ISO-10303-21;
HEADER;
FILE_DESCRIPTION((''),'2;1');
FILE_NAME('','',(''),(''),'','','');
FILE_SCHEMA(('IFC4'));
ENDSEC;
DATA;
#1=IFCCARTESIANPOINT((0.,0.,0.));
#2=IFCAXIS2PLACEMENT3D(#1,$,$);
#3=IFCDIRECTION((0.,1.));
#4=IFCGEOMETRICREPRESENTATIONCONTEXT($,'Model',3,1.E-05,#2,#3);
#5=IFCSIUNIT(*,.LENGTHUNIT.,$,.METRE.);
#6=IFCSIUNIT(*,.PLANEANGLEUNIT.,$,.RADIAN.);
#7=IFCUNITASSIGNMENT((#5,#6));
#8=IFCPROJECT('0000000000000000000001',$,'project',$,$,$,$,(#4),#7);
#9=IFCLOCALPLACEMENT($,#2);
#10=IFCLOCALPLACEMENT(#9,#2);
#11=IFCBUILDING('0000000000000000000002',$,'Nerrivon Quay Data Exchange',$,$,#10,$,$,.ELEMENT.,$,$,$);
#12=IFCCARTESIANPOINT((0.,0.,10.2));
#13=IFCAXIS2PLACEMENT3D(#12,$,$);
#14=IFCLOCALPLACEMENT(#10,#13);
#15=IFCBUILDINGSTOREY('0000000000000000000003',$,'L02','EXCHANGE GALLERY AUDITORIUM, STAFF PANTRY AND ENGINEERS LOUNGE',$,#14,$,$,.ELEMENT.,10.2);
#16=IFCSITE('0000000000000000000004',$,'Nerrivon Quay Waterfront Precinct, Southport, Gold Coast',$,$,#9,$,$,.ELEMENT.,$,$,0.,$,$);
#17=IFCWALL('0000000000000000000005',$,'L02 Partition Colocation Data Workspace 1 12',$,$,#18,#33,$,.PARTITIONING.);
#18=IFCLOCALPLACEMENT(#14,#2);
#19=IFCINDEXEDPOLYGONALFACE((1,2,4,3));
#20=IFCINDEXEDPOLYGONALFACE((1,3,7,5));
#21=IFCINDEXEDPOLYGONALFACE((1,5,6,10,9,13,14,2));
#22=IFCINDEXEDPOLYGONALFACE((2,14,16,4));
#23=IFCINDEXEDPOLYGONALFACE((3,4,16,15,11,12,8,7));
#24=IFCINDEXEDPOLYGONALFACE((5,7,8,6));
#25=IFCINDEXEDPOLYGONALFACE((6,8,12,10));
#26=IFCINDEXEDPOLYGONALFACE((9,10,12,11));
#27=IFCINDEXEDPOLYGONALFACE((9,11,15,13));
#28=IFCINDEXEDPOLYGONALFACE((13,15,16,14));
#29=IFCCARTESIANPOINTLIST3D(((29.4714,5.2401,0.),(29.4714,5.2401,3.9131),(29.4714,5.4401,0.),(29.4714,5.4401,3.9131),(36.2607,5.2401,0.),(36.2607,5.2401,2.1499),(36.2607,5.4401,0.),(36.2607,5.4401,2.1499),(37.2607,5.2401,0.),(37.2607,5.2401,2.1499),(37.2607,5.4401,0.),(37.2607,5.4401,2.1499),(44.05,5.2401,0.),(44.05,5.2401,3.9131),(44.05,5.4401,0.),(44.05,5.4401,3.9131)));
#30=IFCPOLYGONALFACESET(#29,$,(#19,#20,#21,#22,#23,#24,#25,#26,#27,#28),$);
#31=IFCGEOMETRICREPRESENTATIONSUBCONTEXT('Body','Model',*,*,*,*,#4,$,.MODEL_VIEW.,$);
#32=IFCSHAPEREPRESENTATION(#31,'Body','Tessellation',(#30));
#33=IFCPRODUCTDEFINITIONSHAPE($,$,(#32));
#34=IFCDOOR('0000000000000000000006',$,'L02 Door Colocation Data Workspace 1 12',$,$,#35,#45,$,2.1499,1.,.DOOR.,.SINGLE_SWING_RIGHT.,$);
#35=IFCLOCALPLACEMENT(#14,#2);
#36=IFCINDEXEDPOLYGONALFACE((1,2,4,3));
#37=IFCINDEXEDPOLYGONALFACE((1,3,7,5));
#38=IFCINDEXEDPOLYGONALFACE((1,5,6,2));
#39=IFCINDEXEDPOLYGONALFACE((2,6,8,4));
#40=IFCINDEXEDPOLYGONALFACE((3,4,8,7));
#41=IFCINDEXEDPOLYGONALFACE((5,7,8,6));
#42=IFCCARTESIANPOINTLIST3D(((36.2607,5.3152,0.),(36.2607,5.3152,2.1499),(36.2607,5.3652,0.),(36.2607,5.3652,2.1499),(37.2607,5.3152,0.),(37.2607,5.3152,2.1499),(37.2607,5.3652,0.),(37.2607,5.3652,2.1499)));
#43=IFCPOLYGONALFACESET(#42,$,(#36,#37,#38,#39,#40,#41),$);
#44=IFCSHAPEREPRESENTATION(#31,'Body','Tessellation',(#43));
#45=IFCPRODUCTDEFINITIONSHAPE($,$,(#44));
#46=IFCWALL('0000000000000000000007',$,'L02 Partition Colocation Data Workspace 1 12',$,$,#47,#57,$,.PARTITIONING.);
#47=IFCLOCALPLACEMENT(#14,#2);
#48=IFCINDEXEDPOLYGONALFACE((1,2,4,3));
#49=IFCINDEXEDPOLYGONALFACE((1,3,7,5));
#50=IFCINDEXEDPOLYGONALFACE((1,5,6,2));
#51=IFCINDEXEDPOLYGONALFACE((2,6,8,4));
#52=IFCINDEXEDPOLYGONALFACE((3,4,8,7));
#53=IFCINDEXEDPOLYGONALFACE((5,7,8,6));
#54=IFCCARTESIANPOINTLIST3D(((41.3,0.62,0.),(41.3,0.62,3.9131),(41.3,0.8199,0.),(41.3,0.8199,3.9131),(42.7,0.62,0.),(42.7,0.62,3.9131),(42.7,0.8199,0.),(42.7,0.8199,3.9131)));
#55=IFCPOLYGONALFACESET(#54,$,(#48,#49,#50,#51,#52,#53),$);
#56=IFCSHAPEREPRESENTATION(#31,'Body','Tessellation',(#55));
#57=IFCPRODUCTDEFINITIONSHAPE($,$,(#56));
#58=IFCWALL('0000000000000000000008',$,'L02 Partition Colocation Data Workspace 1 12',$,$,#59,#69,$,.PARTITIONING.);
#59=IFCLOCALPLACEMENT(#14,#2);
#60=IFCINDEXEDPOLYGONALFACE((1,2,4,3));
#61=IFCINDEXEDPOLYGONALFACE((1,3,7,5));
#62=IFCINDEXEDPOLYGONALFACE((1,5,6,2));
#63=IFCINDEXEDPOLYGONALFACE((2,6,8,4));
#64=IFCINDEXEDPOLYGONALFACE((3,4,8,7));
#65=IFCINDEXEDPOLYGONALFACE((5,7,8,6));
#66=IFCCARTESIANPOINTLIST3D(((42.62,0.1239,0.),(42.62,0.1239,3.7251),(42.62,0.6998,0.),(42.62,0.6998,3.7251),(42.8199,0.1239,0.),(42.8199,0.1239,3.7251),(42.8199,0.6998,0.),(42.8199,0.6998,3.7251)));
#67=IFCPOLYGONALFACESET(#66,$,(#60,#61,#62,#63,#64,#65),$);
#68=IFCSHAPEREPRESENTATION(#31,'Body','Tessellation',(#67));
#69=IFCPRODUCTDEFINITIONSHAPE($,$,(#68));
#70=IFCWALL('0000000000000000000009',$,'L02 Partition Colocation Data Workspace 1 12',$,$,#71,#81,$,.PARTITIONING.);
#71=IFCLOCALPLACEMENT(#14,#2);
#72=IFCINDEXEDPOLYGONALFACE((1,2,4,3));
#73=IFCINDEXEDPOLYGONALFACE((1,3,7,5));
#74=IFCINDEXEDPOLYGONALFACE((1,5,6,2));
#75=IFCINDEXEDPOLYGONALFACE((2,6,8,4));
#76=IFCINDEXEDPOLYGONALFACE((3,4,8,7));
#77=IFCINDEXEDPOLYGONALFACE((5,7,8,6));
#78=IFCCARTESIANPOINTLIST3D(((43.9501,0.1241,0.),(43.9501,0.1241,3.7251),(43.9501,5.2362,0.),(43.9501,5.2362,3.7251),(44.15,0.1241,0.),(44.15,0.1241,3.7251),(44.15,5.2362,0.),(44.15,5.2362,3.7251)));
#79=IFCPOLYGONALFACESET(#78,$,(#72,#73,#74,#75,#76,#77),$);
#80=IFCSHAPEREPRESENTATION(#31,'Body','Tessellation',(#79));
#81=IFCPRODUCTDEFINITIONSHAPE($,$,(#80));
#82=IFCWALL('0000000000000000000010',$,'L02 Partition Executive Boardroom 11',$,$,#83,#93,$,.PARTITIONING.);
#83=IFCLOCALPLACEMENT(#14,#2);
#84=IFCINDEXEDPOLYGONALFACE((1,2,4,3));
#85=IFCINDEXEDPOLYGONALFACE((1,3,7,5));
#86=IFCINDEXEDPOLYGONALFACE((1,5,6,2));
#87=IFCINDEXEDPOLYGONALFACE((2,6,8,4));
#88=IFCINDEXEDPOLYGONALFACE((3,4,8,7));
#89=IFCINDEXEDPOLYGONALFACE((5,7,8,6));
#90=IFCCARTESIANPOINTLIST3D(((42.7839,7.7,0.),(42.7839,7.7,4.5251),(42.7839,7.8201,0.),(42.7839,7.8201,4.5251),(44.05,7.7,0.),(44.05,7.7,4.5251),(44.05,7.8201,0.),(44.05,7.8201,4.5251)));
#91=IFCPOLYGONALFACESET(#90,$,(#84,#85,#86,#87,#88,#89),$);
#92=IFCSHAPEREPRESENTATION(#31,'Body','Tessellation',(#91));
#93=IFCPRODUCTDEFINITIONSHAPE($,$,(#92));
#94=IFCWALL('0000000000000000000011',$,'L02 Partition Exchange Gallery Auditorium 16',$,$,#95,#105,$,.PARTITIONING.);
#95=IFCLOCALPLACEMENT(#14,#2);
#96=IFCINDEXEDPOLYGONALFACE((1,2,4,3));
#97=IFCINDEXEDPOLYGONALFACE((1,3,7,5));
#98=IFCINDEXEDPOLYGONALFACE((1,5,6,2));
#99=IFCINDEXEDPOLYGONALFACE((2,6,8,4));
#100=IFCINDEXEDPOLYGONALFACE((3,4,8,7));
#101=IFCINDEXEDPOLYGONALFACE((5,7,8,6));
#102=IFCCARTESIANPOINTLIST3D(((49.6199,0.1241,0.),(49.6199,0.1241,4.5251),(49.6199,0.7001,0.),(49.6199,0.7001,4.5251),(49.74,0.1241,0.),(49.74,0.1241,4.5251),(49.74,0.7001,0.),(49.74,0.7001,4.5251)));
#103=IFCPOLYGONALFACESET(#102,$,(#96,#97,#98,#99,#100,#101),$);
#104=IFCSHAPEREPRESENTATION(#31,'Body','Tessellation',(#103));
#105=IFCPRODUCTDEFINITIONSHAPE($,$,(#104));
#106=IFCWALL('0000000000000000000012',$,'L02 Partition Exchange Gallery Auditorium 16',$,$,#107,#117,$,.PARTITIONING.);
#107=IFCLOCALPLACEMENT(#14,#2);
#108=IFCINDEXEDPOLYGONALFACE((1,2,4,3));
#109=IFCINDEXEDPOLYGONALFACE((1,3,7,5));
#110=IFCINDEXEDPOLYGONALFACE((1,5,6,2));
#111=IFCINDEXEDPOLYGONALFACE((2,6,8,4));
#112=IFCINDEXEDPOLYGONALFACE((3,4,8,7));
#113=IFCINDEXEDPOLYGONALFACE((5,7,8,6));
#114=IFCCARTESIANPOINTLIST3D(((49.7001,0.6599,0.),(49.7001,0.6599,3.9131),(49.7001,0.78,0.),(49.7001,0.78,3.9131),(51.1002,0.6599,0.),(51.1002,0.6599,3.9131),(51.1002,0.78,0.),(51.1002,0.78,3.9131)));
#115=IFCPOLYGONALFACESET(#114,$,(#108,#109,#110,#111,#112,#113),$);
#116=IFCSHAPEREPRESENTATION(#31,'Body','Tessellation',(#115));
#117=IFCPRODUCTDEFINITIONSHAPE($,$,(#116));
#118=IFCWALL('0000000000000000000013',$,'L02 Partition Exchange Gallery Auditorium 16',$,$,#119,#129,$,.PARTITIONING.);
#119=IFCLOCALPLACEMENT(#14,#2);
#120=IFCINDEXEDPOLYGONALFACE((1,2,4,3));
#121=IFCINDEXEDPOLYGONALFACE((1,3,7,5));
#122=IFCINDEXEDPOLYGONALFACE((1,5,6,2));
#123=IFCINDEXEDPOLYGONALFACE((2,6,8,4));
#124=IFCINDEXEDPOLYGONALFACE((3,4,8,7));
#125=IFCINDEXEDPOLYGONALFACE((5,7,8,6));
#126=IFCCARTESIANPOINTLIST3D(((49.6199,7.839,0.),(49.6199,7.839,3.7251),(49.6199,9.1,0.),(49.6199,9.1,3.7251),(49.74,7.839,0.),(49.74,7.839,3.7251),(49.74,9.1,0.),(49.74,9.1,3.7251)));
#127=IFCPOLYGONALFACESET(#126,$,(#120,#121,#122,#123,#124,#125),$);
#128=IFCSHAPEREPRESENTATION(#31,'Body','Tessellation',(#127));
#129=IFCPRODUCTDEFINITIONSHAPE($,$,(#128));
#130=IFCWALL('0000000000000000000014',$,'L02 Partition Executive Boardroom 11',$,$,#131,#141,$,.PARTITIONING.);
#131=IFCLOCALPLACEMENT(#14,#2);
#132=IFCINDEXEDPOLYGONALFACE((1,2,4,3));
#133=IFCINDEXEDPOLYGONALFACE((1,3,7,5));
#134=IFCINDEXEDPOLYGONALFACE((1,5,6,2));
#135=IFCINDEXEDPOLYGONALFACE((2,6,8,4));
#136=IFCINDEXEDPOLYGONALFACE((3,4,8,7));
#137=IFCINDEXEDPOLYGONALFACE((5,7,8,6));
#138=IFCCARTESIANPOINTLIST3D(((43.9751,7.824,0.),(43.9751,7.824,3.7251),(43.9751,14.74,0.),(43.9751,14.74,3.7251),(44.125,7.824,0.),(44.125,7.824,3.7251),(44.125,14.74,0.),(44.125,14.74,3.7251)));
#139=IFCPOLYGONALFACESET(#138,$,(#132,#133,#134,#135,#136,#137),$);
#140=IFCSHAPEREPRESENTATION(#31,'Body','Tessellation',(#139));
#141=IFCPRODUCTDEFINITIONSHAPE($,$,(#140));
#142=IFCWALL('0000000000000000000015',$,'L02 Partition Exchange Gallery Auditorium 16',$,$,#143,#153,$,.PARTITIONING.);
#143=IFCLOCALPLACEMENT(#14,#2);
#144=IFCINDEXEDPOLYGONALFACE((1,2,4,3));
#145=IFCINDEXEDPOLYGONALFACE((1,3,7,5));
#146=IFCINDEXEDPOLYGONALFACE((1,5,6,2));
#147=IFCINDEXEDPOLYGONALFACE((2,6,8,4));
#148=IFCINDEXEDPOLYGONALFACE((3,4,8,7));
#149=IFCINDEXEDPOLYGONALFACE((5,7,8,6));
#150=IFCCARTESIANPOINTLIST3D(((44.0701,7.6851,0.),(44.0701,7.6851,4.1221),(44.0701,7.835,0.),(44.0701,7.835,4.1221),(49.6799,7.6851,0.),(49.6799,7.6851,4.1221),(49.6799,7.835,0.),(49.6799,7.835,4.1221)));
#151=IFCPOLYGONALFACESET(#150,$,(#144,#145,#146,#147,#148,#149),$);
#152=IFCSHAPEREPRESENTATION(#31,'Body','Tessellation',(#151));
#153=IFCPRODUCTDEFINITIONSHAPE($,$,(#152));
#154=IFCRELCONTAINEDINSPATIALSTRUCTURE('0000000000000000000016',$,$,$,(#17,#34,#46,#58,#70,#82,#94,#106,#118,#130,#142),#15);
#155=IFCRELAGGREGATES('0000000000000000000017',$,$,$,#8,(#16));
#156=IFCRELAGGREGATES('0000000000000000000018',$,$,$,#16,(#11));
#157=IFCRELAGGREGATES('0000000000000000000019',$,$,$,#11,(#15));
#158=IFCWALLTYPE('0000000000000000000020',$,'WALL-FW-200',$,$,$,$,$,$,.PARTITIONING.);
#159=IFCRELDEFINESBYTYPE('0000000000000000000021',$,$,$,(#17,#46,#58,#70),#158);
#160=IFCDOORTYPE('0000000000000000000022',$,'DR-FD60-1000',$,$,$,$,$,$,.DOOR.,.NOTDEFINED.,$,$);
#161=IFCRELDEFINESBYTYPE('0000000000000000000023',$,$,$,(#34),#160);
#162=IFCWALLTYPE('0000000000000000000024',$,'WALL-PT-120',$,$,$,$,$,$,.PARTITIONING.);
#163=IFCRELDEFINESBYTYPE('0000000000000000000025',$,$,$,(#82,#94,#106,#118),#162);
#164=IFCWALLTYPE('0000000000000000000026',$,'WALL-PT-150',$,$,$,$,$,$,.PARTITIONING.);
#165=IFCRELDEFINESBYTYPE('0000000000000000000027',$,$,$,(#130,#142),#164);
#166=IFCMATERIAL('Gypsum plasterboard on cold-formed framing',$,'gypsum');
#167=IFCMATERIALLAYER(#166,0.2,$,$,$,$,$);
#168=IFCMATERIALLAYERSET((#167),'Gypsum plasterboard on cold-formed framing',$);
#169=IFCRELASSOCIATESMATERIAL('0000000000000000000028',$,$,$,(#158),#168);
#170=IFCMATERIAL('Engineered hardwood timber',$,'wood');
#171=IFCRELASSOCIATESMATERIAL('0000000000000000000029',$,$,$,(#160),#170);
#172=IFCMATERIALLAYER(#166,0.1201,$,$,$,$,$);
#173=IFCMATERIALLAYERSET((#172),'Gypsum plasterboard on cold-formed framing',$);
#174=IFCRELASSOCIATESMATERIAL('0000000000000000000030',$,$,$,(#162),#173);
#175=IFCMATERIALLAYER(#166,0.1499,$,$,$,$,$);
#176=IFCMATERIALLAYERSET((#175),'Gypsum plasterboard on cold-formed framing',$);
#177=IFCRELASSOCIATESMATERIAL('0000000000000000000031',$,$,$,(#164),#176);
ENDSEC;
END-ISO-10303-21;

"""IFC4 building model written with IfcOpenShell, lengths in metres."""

from ifc_helpers import new_model, si_unit, direction, frame, frame_2d, origin, place, context, subcontext, project, spatial, rectangle, extrude, material, layer, layer_set, type_object, element, fill, save


model = new_model("IFC4")

# Units and contexts
model_context = context("Model", 3, precision=1e-05, world=origin(), true_north=direction((0.0, 1.0)))
body_context = subcontext(model_context, "Body", "Model", "MODEL_VIEW")
ifc_project = project(units=[si_unit("LENGTHUNIT", "METRE"), si_unit("PLANEANGLEUNIT", "RADIAN")], contexts=[model_context])

# Site, building, storey
site_placement = place(None, origin())
site = spatial("IfcSite", under=ifc_project, at=site_placement, Name="Nerrivon Quay Waterfront Precinct, Southport, Gold Coast", CompositionType="ELEMENT", RefElevation=0.0)
building_placement = place(site_placement, origin())
building = spatial("IfcBuilding", under=site, at=building_placement, Name="Nerrivon Quay Data Exchange", CompositionType="ELEMENT")
storey_placement = place(building_placement, frame((0.0, 0.0, 10.2)))
storey = spatial("IfcBuildingStorey", under=building, at=storey_placement, Name="L02", Description="EXCHANGE GALLERY AUDITORIUM, STAFF PANTRY AND ENGINEERS LOUNGE", CompositionType="ELEMENT", Elevation=10.2)

# Wall, opening, door
ifc_material_1 = material(Name="Gypsum plasterboard on cold-formed framing", Category="gypsum")
ifc_layer_1 = layer(ifc_material_1, 0.2)
ifc_layer_set_1 = layer_set([ifc_layer_1], Name="Gypsum plasterboard on cold-formed framing")
wall_type_1 = type_object("IfcWallType", Name="WALL-FW-200", PredefinedType="PARTITIONING", material=ifc_layer_set_1)
wall_1_placement = place(storey_placement, frame((44.05, 5.3401, 0.0), z_axis=(0.0, 0.0, 1.0), x_axis=(-1.0, 0.0, 0.0)))
wall_1 = element("IfcWall", 1, at=wall_1_placement, inside=storey, type_object=wall_type_1, Name="L02 Partition Colocation Data Workspace 1 12", PredefinedType="PARTITIONING", context=body_context, shape_type="SweptSolid", body=[
    extrude(rectangle(XDim=14.5786, YDim=0.2, at=frame_2d((7.2893, 0.0))), origin(), (0.0, 0.0, 1.0), 3.9131),
])
opening_1_placement = place(wall_1_placement, frame((6.7893, 0.0, 0.0)))
opening_1 = element("IfcOpeningElement", 2, at=opening_1_placement, cuts=wall_1, PredefinedType="OPENING", context=body_context, shape_type="SweptSolid", body=[
    extrude(rectangle(XDim=1.0, YDim=2.1499, at=frame_2d((0.5, 1.075))), frame((0.0, 0.1099, 0.0), z_axis=(0.0, -1.0, 0.0), x_axis=(1.0, 0.0, 0.0)), (0.0, 0.0, 1.0), 0.22),
])
ifc_material_2 = material(Name="Engineered hardwood timber", Category="wood")
door_type = type_object("IfcDoorType", Name="DR-FD60-1000", OperationType="NOTDEFINED", PredefinedType="DOOR", material=ifc_material_2)
door_placement = place(opening_1_placement, origin())
door = element("IfcDoor", 3, at=door_placement, inside=storey, type_object=door_type, Name="L02 Door Colocation Data Workspace 1 12", OperationType="SINGLE_SWING_RIGHT", OverallHeight=2.1499, OverallWidth=1.0, PredefinedType="DOOR", context=body_context, shape_type="SweptSolid", body=[
    extrude(rectangle(XDim=1.0, YDim=2.1499, at=frame_2d((0.5, 1.075))), frame((0.0, 0.0249, 0.0), z_axis=(0.0, -1.0, 0.0), x_axis=(1.0, 0.0, 0.0)), (0.0, 0.0, 1.0), 0.05),
])
fill(opening_1, door)

# Walls
wall_2_placement = place(storey_placement, frame((41.3, 0.72, 0.0), z_axis=(0.0, 0.0, 1.0), x_axis=(1.0, 0.0, 0.0)))
element("IfcWall", 4, at=wall_2_placement, inside=storey, type_object=wall_type_1, Name="L02 Partition Colocation Data Workspace 1 12", PredefinedType="PARTITIONING", context=body_context, shape_type="SweptSolid", body=[
    extrude(rectangle(XDim=1.3999, YDim=0.2, at=frame_2d((0.7, 0.0))), origin(), (0.0, 0.0, 1.0), 3.9131),
])
wall_3_placement = place(storey_placement, frame((42.72, 0.7, 0.0), z_axis=(0.0, 0.0, 1.0), x_axis=(0.0, -1.0, 0.0)))
element("IfcWall", 5, at=wall_3_placement, inside=storey, type_object=wall_type_1, Name="L02 Partition Colocation Data Workspace 1 12", PredefinedType="PARTITIONING", context=body_context, shape_type="SweptSolid", body=[
    extrude(rectangle(XDim=0.5759, YDim=0.2, at=frame_2d((0.2881, 0.0))), origin(), (0.0, 0.0, 1.0), 3.7251),
])
wall_4_placement = place(storey_placement, frame((44.05, 0.124, 0.0), z_axis=(0.0, 0.0, 1.0), x_axis=(0.0, 1.0, 0.0)))
element("IfcWall", 6, at=wall_4_placement, inside=storey, type_object=wall_type_1, Name="L02 Partition Colocation Data Workspace 1 12", PredefinedType="PARTITIONING", context=body_context, shape_type="SweptSolid", body=[
    extrude(rectangle(XDim=5.1121, YDim=0.2, at=frame_2d((2.5562, 0.0))), origin(), (0.0, 0.0, 1.0), 3.7251),
])
ifc_layer_2 = layer(ifc_material_1, 0.1201)
ifc_layer_set_2 = layer_set([ifc_layer_2], Name="Gypsum plasterboard on cold-formed framing")
wall_type_2 = type_object("IfcWallType", Name="WALL-PT-120", PredefinedType="PARTITIONING", material=ifc_layer_set_2)
wall_5_placement = place(storey_placement, frame((42.7839, 7.76, 0.0), z_axis=(0.0, 0.0, 1.0), x_axis=(1.0, 0.0, 0.0)))
element("IfcWall", 7, at=wall_5_placement, inside=storey, type_object=wall_type_2, Name="L02 Partition Executive Boardroom 11", PredefinedType="PARTITIONING", context=body_context, shape_type="SweptSolid", body=[
    extrude(rectangle(XDim=1.2661, YDim=0.1201, at=frame_2d((0.6331, 0.0))), origin(), (0.0, 0.0, 1.0), 4.5251),
])
wall_6_placement = place(storey_placement, frame((49.6799, 0.124, 0.0), z_axis=(0.0, 0.0, 1.0), x_axis=(0.0, 1.0, 0.0)))
element("IfcWall", 8, at=wall_6_placement, inside=storey, type_object=wall_type_2, Name="L02 Partition Exchange Gallery Auditorium 16", PredefinedType="PARTITIONING", context=body_context, shape_type="SweptSolid", body=[
    extrude(rectangle(XDim=0.5759, YDim=0.1201, at=frame_2d((0.2881, 0.0))), origin(), (0.0, 0.0, 1.0), 4.5251),
])
wall_7_placement = place(storey_placement, frame((49.7, 0.72, 0.0), z_axis=(0.0, 0.0, 1.0), x_axis=(1.0, 0.0, 0.0)))
element("IfcWall", 9, at=wall_7_placement, inside=storey, type_object=wall_type_2, Name="L02 Partition Exchange Gallery Auditorium 16", PredefinedType="PARTITIONING", context=body_context, shape_type="SweptSolid", body=[
    extrude(rectangle(XDim=1.4001, YDim=0.1201, at=frame_2d((0.7002, 0.0))), origin(), (0.0, 0.0, 1.0), 3.9131),
])
wall_8_placement = place(storey_placement, frame((49.6799, 7.8391, 0.0), z_axis=(0.0, 0.0, 1.0), x_axis=(0.0, 1.0, 0.0)))
element("IfcWall", 10, at=wall_8_placement, inside=storey, type_object=wall_type_2, Name="L02 Partition Exchange Gallery Auditorium 16", PredefinedType="PARTITIONING", context=body_context, shape_type="SweptSolid", body=[
    extrude(rectangle(XDim=1.261, YDim=0.1201, at=frame_2d((0.6304, 0.0))), origin(), (0.0, 0.0, 1.0), 3.7251),
])
ifc_layer_3 = layer(ifc_material_1, 0.1499)
ifc_layer_set_3 = layer_set([ifc_layer_3], Name="Gypsum plasterboard on cold-formed framing")
wall_type_3 = type_object("IfcWallType", Name="WALL-PT-150", PredefinedType="PARTITIONING", material=ifc_layer_set_3)
wall_9_placement = place(storey_placement, frame((44.05, 7.824, 0.0), z_axis=(0.0, 0.0, 1.0), x_axis=(0.0, 1.0, 0.0)))
element("IfcWall", 11, at=wall_9_placement, inside=storey, type_object=wall_type_3, Name="L02 Partition Executive Boardroom 11", PredefinedType="PARTITIONING", context=body_context, shape_type="SweptSolid", body=[
    extrude(rectangle(XDim=6.916, YDim=0.1499, at=frame_2d((3.458, 0.0))), origin(), (0.0, 0.0, 1.0), 3.7251),
])
wall_10_placement = place(storey_placement, frame((44.0701, 7.76, 0.0), z_axis=(0.0, 0.0, 1.0), x_axis=(1.0, 0.0, 0.0)))
element("IfcWall", 12, at=wall_10_placement, inside=storey, type_object=wall_type_3, Name="L02 Partition Exchange Gallery Auditorium 16", PredefinedType="PARTITIONING", context=body_context, shape_type="SweptSolid", body=[
    extrude(rectangle(XDim=5.6099, YDim=0.1499, at=frame_2d((2.8049, 0.0))), origin(), (0.0, 0.0, 1.0), 4.1221),
])

save(model, "model.ifc")
